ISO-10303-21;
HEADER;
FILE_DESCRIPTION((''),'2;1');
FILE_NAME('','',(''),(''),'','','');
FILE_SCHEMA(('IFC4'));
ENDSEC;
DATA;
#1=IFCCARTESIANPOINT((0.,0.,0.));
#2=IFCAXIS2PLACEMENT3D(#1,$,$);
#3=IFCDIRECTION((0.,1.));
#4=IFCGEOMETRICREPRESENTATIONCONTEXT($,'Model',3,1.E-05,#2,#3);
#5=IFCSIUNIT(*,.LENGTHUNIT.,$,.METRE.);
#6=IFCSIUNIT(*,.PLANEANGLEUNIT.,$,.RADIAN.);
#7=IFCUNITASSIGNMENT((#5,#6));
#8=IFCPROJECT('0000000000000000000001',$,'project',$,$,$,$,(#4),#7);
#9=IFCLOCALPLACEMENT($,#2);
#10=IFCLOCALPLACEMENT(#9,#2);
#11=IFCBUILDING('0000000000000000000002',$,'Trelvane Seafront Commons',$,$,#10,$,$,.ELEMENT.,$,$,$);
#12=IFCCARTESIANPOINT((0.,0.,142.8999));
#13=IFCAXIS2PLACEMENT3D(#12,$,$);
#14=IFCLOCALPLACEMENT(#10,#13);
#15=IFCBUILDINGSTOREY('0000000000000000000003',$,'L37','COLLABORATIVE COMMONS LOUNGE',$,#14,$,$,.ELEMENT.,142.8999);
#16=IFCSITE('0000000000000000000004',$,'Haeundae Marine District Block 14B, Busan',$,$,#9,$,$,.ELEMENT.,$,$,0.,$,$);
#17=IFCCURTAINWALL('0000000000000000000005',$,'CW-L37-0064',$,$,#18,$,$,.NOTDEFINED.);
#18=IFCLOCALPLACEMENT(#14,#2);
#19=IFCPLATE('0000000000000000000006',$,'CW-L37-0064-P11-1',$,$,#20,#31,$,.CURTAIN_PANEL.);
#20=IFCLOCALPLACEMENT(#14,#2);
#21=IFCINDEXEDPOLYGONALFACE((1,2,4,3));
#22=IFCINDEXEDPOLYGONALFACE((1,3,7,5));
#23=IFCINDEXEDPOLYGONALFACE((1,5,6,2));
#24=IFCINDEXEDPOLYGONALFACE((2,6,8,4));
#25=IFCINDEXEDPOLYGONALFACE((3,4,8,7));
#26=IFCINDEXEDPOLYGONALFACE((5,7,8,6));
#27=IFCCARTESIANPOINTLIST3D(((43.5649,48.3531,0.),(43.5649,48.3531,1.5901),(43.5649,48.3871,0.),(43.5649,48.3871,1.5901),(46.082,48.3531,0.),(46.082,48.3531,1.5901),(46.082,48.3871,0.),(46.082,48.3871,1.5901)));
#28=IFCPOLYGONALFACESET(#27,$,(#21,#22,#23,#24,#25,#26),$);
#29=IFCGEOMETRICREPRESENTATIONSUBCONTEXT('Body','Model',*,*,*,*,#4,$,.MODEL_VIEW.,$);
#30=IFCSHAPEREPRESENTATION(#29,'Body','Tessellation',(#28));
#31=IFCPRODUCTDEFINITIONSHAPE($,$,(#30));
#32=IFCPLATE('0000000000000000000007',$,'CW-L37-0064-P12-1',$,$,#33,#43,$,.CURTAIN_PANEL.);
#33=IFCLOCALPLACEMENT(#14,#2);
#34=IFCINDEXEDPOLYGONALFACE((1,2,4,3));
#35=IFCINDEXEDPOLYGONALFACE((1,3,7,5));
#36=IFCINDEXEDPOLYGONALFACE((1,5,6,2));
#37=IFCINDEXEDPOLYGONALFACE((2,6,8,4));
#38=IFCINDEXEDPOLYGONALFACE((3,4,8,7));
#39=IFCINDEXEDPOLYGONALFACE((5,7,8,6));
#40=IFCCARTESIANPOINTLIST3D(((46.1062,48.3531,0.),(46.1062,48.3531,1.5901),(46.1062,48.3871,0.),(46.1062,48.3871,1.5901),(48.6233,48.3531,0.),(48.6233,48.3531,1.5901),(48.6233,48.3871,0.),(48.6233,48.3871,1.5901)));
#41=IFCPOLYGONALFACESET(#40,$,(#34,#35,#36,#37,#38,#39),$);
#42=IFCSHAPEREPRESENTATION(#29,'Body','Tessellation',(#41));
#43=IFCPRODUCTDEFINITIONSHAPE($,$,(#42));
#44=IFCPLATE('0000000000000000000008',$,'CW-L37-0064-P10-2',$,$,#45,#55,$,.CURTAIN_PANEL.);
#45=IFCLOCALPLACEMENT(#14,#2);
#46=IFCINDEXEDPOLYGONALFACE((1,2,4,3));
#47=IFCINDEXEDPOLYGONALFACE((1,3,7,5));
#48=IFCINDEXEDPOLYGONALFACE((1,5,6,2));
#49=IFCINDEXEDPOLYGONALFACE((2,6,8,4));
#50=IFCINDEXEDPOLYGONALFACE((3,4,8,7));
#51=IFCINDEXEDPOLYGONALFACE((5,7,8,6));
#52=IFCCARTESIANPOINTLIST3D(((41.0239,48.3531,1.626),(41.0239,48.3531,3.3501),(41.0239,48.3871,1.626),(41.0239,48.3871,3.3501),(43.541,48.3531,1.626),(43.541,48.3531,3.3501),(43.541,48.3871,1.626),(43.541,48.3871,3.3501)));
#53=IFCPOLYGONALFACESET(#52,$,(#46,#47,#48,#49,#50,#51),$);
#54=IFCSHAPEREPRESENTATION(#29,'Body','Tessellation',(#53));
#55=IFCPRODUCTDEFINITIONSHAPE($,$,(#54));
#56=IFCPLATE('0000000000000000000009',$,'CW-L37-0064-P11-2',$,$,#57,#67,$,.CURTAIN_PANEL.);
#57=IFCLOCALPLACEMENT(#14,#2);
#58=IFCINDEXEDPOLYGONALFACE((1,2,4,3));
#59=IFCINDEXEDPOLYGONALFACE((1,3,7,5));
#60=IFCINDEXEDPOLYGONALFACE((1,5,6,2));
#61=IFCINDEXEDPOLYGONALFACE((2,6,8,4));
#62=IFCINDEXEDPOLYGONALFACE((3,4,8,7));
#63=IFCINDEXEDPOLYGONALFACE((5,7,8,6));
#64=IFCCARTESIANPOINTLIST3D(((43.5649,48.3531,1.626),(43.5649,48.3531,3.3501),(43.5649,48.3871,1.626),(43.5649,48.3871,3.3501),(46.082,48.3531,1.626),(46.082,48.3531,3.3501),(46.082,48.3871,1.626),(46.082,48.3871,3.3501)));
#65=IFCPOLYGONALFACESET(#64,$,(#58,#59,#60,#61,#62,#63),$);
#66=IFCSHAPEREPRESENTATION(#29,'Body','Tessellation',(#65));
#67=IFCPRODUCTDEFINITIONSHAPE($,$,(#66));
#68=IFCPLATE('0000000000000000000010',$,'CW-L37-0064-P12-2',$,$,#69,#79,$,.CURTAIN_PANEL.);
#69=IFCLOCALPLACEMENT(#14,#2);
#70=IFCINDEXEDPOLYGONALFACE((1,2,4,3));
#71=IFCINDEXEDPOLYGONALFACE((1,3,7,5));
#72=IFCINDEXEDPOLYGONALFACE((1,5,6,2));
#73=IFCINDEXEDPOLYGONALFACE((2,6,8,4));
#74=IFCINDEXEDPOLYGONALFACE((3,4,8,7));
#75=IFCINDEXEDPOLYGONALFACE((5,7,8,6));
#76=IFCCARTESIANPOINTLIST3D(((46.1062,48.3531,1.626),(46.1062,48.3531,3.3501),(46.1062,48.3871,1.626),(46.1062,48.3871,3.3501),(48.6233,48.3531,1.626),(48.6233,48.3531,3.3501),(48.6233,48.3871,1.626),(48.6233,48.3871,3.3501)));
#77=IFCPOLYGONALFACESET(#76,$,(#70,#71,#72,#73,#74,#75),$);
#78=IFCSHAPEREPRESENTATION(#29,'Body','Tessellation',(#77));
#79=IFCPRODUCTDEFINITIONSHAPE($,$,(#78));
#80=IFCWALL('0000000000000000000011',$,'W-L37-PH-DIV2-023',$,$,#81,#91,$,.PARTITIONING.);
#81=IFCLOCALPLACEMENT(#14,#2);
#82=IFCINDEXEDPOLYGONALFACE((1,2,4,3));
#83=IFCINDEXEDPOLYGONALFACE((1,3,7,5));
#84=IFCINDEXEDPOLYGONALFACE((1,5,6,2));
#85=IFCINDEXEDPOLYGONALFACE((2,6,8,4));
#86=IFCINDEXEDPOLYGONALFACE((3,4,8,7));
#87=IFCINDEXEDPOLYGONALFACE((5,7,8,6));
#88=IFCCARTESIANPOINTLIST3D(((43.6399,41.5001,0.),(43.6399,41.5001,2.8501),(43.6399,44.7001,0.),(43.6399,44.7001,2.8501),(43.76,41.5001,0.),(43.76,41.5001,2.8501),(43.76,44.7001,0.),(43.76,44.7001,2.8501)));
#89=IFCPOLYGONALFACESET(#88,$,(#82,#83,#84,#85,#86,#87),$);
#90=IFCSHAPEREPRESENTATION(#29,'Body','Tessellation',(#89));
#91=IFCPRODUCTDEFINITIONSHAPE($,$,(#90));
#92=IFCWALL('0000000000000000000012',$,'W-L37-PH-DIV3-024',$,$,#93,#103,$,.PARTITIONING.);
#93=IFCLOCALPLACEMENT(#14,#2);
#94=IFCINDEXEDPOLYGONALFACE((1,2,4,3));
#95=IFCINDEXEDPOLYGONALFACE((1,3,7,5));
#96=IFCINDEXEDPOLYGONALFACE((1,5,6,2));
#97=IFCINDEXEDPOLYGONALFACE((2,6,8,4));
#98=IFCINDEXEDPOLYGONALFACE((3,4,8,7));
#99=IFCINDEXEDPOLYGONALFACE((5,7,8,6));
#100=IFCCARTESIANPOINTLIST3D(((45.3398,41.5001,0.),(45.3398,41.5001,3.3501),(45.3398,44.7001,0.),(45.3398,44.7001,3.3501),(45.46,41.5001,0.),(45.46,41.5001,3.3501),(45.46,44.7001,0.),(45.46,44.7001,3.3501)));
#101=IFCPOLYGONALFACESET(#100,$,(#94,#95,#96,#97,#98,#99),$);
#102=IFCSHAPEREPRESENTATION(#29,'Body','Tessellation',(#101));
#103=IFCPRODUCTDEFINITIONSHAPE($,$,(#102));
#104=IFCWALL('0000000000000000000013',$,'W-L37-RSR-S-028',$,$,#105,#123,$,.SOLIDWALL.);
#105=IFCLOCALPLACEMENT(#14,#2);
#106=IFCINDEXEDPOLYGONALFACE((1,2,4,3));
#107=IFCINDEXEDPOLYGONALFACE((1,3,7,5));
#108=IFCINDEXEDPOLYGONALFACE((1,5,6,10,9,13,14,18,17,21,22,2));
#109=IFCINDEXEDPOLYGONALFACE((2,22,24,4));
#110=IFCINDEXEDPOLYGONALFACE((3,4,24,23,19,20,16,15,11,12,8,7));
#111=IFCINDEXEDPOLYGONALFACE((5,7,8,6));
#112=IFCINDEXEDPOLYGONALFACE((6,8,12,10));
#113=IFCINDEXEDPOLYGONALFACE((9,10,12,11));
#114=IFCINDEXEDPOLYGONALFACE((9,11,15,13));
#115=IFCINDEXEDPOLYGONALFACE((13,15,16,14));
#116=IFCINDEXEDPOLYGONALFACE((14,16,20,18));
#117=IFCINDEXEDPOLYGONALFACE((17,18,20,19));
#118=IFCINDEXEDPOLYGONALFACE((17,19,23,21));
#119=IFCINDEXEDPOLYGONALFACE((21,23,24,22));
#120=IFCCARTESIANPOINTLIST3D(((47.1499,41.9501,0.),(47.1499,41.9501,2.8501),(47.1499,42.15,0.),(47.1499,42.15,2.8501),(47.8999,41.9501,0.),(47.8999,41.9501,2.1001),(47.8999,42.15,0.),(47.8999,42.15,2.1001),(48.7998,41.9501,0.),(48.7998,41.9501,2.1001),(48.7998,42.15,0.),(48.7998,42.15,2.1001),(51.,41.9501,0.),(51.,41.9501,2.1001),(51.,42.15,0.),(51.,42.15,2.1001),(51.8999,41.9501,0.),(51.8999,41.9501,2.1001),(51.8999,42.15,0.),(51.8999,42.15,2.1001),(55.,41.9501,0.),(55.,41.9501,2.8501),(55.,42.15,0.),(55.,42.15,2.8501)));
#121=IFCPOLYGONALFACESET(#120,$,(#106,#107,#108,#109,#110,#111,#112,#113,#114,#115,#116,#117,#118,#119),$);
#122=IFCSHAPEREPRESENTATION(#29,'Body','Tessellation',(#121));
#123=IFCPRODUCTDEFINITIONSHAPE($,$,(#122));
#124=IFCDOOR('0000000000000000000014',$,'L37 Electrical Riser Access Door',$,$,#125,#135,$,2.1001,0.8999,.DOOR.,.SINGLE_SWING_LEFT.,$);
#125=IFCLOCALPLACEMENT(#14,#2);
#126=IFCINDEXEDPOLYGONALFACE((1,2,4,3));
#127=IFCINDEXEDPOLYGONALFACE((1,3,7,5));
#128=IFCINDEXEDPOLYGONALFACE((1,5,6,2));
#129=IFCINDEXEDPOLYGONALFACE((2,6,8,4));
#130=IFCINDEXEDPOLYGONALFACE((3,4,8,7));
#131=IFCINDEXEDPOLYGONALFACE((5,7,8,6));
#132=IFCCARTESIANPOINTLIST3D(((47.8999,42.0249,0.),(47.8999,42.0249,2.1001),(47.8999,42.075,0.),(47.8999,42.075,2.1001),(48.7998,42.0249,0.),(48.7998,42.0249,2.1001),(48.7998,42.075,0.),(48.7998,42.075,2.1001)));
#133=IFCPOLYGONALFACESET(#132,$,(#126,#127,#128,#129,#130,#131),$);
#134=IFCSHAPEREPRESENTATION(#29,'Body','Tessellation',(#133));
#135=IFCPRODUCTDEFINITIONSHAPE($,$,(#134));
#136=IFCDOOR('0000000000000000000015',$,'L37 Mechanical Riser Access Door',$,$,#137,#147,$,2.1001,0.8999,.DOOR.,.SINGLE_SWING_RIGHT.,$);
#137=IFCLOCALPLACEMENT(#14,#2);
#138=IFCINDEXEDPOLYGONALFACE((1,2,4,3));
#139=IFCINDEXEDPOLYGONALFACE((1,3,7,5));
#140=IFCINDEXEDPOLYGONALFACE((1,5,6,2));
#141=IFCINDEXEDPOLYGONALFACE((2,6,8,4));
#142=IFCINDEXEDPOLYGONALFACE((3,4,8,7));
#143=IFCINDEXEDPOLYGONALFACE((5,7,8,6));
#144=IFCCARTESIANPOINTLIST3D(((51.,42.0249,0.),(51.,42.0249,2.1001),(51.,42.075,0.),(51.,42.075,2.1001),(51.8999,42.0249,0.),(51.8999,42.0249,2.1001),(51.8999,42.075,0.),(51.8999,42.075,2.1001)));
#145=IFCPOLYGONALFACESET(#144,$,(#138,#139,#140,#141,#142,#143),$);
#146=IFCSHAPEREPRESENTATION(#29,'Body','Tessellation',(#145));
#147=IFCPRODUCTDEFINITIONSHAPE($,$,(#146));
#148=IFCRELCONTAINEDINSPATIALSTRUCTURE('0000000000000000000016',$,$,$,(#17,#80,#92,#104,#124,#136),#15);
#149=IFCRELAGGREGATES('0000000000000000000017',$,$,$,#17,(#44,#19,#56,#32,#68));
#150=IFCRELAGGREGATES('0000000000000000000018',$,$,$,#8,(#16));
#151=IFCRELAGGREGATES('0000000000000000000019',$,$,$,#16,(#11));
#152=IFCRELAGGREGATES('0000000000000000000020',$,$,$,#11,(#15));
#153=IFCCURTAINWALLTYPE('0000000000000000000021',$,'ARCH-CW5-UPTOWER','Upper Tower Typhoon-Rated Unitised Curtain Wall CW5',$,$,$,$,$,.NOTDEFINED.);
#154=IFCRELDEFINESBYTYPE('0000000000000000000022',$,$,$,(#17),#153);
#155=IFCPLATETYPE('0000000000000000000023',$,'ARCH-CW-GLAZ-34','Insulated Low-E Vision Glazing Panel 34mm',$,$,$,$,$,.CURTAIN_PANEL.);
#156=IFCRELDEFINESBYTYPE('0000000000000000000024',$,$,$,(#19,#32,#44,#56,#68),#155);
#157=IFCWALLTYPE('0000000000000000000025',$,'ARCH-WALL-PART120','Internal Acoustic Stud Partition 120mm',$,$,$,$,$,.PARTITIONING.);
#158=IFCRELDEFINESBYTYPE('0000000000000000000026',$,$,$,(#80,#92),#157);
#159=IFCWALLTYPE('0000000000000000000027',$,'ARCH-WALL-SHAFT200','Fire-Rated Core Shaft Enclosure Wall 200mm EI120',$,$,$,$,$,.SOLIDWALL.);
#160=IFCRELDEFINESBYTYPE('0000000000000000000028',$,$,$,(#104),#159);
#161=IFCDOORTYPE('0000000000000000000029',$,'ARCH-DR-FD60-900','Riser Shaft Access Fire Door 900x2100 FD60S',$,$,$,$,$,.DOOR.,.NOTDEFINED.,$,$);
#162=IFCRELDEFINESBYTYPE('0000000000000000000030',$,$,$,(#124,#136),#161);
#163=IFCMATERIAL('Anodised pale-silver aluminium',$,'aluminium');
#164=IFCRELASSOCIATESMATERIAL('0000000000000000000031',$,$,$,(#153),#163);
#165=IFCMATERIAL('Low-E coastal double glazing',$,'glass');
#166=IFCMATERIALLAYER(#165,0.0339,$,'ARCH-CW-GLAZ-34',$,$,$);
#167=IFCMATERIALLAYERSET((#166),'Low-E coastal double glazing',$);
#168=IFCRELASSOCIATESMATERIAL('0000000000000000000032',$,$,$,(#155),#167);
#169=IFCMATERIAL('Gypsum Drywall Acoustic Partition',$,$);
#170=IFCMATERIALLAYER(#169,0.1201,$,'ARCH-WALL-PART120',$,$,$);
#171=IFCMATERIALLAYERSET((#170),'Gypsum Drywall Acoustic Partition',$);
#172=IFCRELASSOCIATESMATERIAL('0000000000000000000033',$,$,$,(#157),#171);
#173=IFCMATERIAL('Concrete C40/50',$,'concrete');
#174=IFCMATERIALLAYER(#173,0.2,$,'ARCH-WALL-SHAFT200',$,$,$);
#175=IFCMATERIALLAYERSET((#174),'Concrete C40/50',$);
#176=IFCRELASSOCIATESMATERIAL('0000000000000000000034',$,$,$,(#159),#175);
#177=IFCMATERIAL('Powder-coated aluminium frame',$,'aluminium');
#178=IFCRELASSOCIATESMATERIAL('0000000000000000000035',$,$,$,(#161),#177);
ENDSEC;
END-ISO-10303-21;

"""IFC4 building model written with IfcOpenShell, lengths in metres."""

from ifc_helpers import new_model, si_unit, direction, frame, frame_2d, origin, origin_2d, place, context, subcontext, project, spatial, rectangle, extrude, source, transform, mapped, material, layer, layer_set, type_object, element, fill, aggregate, save


model = new_model("IFC4")

# Units and contexts
model_context = context("Model", 3, precision=1e-05, world=origin(), true_north=direction((0.0, 1.0)))
body_context = subcontext(model_context, "Body", "Model", "MODEL_VIEW")
ifc_project = project(units=[si_unit("LENGTHUNIT", "METRE"), si_unit("PLANEANGLEUNIT", "RADIAN")], contexts=[model_context])

# Site, building, storey
site_placement = place(None, origin())
site = spatial("IfcSite", under=ifc_project, at=site_placement, Name="Haeundae Marine District Block 14B, Busan", CompositionType="ELEMENT", RefElevation=0.0)
building_placement = place(site_placement, origin())
building = spatial("IfcBuilding", under=site, at=building_placement, Name="Trelvane Seafront Commons", CompositionType="ELEMENT")
storey_placement = place(building_placement, frame((0.0, 0.0, 142.8999)))
storey = spatial("IfcBuildingStorey", under=building, at=storey_placement, Name="L37", Description="COLLABORATIVE COMMONS LOUNGE", CompositionType="ELEMENT", Elevation=142.8999)

# Curtain wall
ifc_material_1 = material(Name="Anodised pale-silver aluminium", Category="aluminium")
curtain_wall_type = type_object("IfcCurtainWallType", Name="ARCH-CW5-UPTOWER", Description="Upper Tower Typhoon-Rated Unitised Curtain Wall CW5", PredefinedType="NOTDEFINED", material=ifc_material_1)
curtain_wall_placement = place(storey_placement, origin())
curtain_wall = element("IfcCurtainWall", 1, at=curtain_wall_placement, inside=storey, type_object=curtain_wall_type, Name="CW-L37-0064", PredefinedType="NOTDEFINED")

# Plates
ifc_material_2 = material(Name="Low-E coastal double glazing", Category="glass")
ifc_layer_1 = layer(ifc_material_2, 0.0339, Name="ARCH-CW-GLAZ-34")
ifc_layer_set_1 = layer_set([ifc_layer_1], Name="Low-E coastal double glazing")
plate_type_1 = type_object("IfcPlateType", Name="ARCH-CW-GLAZ-34", Description="Insulated Low-E Vision Glazing Panel 34mm", PredefinedType="CURTAIN_PANEL", material=ifc_layer_set_1)
shared_shape_1 = source(origin(), body_context, "Body", "SweptSolid", [
    extrude(rectangle(XDim=2.5171, YDim=0.0339, at=origin_2d()), origin(), (0.0, 0.0, 1.0), 1.5901),
])
plate_1_placement = place(storey_placement, frame((44.8235, 48.3701, 0.0), z_axis=(0.0, 0.0, 1.0), x_axis=(1.0, 0.0, 0.0)))
plate_1 = element("IfcPlate", 2, at=plate_1_placement, type_object=plate_type_1, Name="CW-L37-0064-P11-1", PredefinedType="CURTAIN_PANEL", context=body_context, shape_type="MappedRepresentation", body=[
    mapped(shared_shape_1, transform((0.0, 0.0, 0.0), x_axis=(1.0, 0.0, 0.0), y_axis=(0.0, 1.0, 0.0), z_axis=(0.0, 0.0, 1.0), scale=1.0)),
])
plate_2_placement = place(storey_placement, frame((47.3647, 48.3701, 0.0), z_axis=(0.0, 0.0, 1.0), x_axis=(1.0, 0.0, 0.0)))
plate_2 = element("IfcPlate", 3, at=plate_2_placement, type_object=plate_type_1, Name="CW-L37-0064-P12-1", PredefinedType="CURTAIN_PANEL", context=body_context, shape_type="MappedRepresentation", body=[
    mapped(shared_shape_1, transform((0.0, 0.0, 0.0), x_axis=(1.0, 0.0, 0.0), y_axis=(0.0, 1.0, 0.0), z_axis=(0.0, 0.0, 1.0), scale=1.0)),
])
shared_shape_2 = source(origin(), body_context, "Body", "SweptSolid", [
    extrude(rectangle(XDim=2.5171, YDim=0.0339, at=origin_2d()), origin(), (0.0, 0.0, 1.0), 1.7241),
])
plate_3_placement = place(storey_placement, frame((42.2825, 48.3701, 1.626), z_axis=(0.0, 0.0, 1.0), x_axis=(1.0, 0.0, 0.0)))
plate_3 = element("IfcPlate", 4, at=plate_3_placement, type_object=plate_type_1, Name="CW-L37-0064-P10-2", PredefinedType="CURTAIN_PANEL", context=body_context, shape_type="MappedRepresentation", body=[
    mapped(shared_shape_2, transform((0.0, 0.0, 0.0), x_axis=(1.0, 0.0, 0.0), y_axis=(0.0, 1.0, 0.0), z_axis=(0.0, 0.0, 1.0), scale=1.0)),
])
plate_4_placement = place(storey_placement, frame((44.8235, 48.3701, 1.626), z_axis=(0.0, 0.0, 1.0), x_axis=(1.0, 0.0, 0.0)))
plate_4 = element("IfcPlate", 5, at=plate_4_placement, type_object=plate_type_1, Name="CW-L37-0064-P11-2", PredefinedType="CURTAIN_PANEL", context=body_context, shape_type="MappedRepresentation", body=[
    mapped(shared_shape_2, transform((0.0, 0.0, 0.0), x_axis=(1.0, 0.0, 0.0), y_axis=(0.0, 1.0, 0.0), z_axis=(0.0, 0.0, 1.0), scale=1.0)),
])
plate_5_placement = place(storey_placement, frame((47.3647, 48.3701, 1.626), z_axis=(0.0, 0.0, 1.0), x_axis=(1.0, 0.0, 0.0)))
plate_5 = element("IfcPlate", 6, at=plate_5_placement, type_object=plate_type_1, Name="CW-L37-0064-P12-2", PredefinedType="CURTAIN_PANEL", context=body_context, shape_type="MappedRepresentation", body=[
    mapped(shared_shape_2, transform((0.0, 0.0, 0.0), x_axis=(1.0, 0.0, 0.0), y_axis=(0.0, 1.0, 0.0), z_axis=(0.0, 0.0, 1.0), scale=1.0)),
])
aggregate(curtain_wall, [plate_3, plate_1, plate_4, plate_2, plate_5])

# Walls
ifc_material_3 = material(Name="Gypsum Drywall Acoustic Partition")
ifc_layer_2 = layer(ifc_material_3, 0.1201, Name="ARCH-WALL-PART120")
ifc_layer_set_2 = layer_set([ifc_layer_2], Name="Gypsum Drywall Acoustic Partition")
wall_type_1 = type_object("IfcWallType", Name="ARCH-WALL-PART120", Description="Internal Acoustic Stud Partition 120mm", PredefinedType="PARTITIONING", material=ifc_layer_set_2)
wall_1_placement = place(storey_placement, frame((43.7, 41.5, 0.0), z_axis=(0.0, 0.0, 1.0), x_axis=(0.0, 1.0, 0.0)))
element("IfcWall", 7, at=wall_1_placement, inside=storey, type_object=wall_type_1, Name="W-L37-PH-DIV2-023", PredefinedType="PARTITIONING", context=body_context, shape_type="SweptSolid", body=[
    extrude(rectangle(XDim=3.2, YDim=0.1201, at=frame_2d((1.6001, 0.0))), origin(), (0.0, 0.0, 1.0), 2.8501),
])
wall_2_placement = place(storey_placement, frame((45.3999, 41.5, 0.0), z_axis=(0.0, 0.0, 1.0), x_axis=(0.0, 1.0, 0.0)))
element("IfcWall", 8, at=wall_2_placement, inside=storey, type_object=wall_type_1, Name="W-L37-PH-DIV3-024", PredefinedType="PARTITIONING", context=body_context, shape_type="SweptSolid", body=[
    extrude(rectangle(XDim=3.2, YDim=0.1201, at=frame_2d((1.6001, 0.0))), origin(), (0.0, 0.0, 1.0), 3.3501),
])

# Wall, openings, doors
ifc_material_4 = material(Name="Concrete C40/50", Category="concrete")
ifc_layer_3 = layer(ifc_material_4, 0.2, Name="ARCH-WALL-SHAFT200")
ifc_layer_set_3 = layer_set([ifc_layer_3], Name="Concrete C40/50")
wall_type_2 = type_object("IfcWallType", Name="ARCH-WALL-SHAFT200", Description="Fire-Rated Core Shaft Enclosure Wall 200mm EI120", PredefinedType="SOLIDWALL", material=ifc_layer_set_3)
wall_3_placement = place(storey_placement, frame((47.1499, 42.05, 0.0), z_axis=(0.0, 0.0, 1.0), x_axis=(1.0, 0.0, 0.0)))
wall_3 = element("IfcWall", 9, at=wall_3_placement, inside=storey, type_object=wall_type_2, Name="W-L37-RSR-S-028", PredefinedType="SOLIDWALL", context=body_context, shape_type="SweptSolid", body=[
    extrude(rectangle(XDim=7.8501, YDim=0.2, at=frame_2d((3.925, 0.0))), origin(), (0.0, 0.0, 1.0), 2.8501),
])
opening_1_placement = place(wall_3_placement, frame((0.75, 0.0, 0.0)))
opening_1 = element("IfcOpeningElement", 10, at=opening_1_placement, cuts=wall_3, PredefinedType="OPENING", context=body_context, shape_type="SweptSolid", body=[
    extrude(rectangle(XDim=0.8999, YDim=2.1001, at=frame_2d((0.45, 1.05))), frame((0.0, 0.1099, 0.0), z_axis=(0.0, -1.0, 0.0), x_axis=(1.0, 0.0, 0.0)), (0.0, 0.0, 1.0), 0.22),
])
opening_2_placement = place(wall_3_placement, frame((3.8501, 0.0, 0.0)))
opening_2 = element("IfcOpeningElement", 11, at=opening_2_placement, cuts=wall_3, PredefinedType="OPENING", context=body_context, shape_type="SweptSolid", body=[
    extrude(rectangle(XDim=0.8999, YDim=2.1001, at=frame_2d((0.45, 1.05))), frame((0.0, 0.1099, 0.0), z_axis=(0.0, -1.0, 0.0), x_axis=(1.0, 0.0, 0.0)), (0.0, 0.0, 1.0), 0.22),
])
ifc_material_5 = material(Name="Powder-coated aluminium frame", Category="aluminium")
door_type_1 = type_object("IfcDoorType", Name="ARCH-DR-FD60-900", Description="Riser Shaft Access Fire Door 900x2100 FD60S", OperationType="NOTDEFINED", PredefinedType="DOOR", material=ifc_material_5)
shared_shape_3 = source(origin(), body_context, "Body", "SweptSolid", [
    extrude(rectangle(XDim=0.8999, YDim=2.1001, at=frame_2d((0.45, 1.05))), frame((0.0, 0.0249, 0.0), z_axis=(0.0, -1.0, 0.0), x_axis=(1.0, 0.0, 0.0)), (0.0, 0.0, 1.0), 0.05),
])
door_1_placement = place(opening_1_placement, origin())
door_1 = element("IfcDoor", 12, at=door_1_placement, inside=storey, type_object=door_type_1, Name="L37 Electrical Riser Access Door", OperationType="SINGLE_SWING_LEFT", OverallHeight=2.1001, OverallWidth=0.8999, PredefinedType="DOOR", context=body_context, shape_type="MappedRepresentation", body=[
    mapped(shared_shape_3, transform((0.0, 0.0, 0.0), x_axis=(1.0, 0.0, 0.0), y_axis=(0.0, 1.0, 0.0), z_axis=(0.0, 0.0, 1.0), scale=1.0)),
])
fill(opening_1, door_1)
door_2_placement = place(opening_2_placement, origin())
door_2 = element("IfcDoor", 13, at=door_2_placement, inside=storey, type_object=door_type_1, Name="L37 Mechanical Riser Access Door", OperationType="SINGLE_SWING_RIGHT", OverallHeight=2.1001, OverallWidth=0.8999, PredefinedType="DOOR", context=body_context, shape_type="MappedRepresentation", body=[
    mapped(shared_shape_3, transform((0.0, 0.0, 0.0), x_axis=(1.0, 0.0, 0.0), y_axis=(0.0, 1.0, 0.0), z_axis=(0.0, 0.0, 1.0), scale=1.0)),
])
fill(opening_2, door_2)

save(model, "model.ifc")
